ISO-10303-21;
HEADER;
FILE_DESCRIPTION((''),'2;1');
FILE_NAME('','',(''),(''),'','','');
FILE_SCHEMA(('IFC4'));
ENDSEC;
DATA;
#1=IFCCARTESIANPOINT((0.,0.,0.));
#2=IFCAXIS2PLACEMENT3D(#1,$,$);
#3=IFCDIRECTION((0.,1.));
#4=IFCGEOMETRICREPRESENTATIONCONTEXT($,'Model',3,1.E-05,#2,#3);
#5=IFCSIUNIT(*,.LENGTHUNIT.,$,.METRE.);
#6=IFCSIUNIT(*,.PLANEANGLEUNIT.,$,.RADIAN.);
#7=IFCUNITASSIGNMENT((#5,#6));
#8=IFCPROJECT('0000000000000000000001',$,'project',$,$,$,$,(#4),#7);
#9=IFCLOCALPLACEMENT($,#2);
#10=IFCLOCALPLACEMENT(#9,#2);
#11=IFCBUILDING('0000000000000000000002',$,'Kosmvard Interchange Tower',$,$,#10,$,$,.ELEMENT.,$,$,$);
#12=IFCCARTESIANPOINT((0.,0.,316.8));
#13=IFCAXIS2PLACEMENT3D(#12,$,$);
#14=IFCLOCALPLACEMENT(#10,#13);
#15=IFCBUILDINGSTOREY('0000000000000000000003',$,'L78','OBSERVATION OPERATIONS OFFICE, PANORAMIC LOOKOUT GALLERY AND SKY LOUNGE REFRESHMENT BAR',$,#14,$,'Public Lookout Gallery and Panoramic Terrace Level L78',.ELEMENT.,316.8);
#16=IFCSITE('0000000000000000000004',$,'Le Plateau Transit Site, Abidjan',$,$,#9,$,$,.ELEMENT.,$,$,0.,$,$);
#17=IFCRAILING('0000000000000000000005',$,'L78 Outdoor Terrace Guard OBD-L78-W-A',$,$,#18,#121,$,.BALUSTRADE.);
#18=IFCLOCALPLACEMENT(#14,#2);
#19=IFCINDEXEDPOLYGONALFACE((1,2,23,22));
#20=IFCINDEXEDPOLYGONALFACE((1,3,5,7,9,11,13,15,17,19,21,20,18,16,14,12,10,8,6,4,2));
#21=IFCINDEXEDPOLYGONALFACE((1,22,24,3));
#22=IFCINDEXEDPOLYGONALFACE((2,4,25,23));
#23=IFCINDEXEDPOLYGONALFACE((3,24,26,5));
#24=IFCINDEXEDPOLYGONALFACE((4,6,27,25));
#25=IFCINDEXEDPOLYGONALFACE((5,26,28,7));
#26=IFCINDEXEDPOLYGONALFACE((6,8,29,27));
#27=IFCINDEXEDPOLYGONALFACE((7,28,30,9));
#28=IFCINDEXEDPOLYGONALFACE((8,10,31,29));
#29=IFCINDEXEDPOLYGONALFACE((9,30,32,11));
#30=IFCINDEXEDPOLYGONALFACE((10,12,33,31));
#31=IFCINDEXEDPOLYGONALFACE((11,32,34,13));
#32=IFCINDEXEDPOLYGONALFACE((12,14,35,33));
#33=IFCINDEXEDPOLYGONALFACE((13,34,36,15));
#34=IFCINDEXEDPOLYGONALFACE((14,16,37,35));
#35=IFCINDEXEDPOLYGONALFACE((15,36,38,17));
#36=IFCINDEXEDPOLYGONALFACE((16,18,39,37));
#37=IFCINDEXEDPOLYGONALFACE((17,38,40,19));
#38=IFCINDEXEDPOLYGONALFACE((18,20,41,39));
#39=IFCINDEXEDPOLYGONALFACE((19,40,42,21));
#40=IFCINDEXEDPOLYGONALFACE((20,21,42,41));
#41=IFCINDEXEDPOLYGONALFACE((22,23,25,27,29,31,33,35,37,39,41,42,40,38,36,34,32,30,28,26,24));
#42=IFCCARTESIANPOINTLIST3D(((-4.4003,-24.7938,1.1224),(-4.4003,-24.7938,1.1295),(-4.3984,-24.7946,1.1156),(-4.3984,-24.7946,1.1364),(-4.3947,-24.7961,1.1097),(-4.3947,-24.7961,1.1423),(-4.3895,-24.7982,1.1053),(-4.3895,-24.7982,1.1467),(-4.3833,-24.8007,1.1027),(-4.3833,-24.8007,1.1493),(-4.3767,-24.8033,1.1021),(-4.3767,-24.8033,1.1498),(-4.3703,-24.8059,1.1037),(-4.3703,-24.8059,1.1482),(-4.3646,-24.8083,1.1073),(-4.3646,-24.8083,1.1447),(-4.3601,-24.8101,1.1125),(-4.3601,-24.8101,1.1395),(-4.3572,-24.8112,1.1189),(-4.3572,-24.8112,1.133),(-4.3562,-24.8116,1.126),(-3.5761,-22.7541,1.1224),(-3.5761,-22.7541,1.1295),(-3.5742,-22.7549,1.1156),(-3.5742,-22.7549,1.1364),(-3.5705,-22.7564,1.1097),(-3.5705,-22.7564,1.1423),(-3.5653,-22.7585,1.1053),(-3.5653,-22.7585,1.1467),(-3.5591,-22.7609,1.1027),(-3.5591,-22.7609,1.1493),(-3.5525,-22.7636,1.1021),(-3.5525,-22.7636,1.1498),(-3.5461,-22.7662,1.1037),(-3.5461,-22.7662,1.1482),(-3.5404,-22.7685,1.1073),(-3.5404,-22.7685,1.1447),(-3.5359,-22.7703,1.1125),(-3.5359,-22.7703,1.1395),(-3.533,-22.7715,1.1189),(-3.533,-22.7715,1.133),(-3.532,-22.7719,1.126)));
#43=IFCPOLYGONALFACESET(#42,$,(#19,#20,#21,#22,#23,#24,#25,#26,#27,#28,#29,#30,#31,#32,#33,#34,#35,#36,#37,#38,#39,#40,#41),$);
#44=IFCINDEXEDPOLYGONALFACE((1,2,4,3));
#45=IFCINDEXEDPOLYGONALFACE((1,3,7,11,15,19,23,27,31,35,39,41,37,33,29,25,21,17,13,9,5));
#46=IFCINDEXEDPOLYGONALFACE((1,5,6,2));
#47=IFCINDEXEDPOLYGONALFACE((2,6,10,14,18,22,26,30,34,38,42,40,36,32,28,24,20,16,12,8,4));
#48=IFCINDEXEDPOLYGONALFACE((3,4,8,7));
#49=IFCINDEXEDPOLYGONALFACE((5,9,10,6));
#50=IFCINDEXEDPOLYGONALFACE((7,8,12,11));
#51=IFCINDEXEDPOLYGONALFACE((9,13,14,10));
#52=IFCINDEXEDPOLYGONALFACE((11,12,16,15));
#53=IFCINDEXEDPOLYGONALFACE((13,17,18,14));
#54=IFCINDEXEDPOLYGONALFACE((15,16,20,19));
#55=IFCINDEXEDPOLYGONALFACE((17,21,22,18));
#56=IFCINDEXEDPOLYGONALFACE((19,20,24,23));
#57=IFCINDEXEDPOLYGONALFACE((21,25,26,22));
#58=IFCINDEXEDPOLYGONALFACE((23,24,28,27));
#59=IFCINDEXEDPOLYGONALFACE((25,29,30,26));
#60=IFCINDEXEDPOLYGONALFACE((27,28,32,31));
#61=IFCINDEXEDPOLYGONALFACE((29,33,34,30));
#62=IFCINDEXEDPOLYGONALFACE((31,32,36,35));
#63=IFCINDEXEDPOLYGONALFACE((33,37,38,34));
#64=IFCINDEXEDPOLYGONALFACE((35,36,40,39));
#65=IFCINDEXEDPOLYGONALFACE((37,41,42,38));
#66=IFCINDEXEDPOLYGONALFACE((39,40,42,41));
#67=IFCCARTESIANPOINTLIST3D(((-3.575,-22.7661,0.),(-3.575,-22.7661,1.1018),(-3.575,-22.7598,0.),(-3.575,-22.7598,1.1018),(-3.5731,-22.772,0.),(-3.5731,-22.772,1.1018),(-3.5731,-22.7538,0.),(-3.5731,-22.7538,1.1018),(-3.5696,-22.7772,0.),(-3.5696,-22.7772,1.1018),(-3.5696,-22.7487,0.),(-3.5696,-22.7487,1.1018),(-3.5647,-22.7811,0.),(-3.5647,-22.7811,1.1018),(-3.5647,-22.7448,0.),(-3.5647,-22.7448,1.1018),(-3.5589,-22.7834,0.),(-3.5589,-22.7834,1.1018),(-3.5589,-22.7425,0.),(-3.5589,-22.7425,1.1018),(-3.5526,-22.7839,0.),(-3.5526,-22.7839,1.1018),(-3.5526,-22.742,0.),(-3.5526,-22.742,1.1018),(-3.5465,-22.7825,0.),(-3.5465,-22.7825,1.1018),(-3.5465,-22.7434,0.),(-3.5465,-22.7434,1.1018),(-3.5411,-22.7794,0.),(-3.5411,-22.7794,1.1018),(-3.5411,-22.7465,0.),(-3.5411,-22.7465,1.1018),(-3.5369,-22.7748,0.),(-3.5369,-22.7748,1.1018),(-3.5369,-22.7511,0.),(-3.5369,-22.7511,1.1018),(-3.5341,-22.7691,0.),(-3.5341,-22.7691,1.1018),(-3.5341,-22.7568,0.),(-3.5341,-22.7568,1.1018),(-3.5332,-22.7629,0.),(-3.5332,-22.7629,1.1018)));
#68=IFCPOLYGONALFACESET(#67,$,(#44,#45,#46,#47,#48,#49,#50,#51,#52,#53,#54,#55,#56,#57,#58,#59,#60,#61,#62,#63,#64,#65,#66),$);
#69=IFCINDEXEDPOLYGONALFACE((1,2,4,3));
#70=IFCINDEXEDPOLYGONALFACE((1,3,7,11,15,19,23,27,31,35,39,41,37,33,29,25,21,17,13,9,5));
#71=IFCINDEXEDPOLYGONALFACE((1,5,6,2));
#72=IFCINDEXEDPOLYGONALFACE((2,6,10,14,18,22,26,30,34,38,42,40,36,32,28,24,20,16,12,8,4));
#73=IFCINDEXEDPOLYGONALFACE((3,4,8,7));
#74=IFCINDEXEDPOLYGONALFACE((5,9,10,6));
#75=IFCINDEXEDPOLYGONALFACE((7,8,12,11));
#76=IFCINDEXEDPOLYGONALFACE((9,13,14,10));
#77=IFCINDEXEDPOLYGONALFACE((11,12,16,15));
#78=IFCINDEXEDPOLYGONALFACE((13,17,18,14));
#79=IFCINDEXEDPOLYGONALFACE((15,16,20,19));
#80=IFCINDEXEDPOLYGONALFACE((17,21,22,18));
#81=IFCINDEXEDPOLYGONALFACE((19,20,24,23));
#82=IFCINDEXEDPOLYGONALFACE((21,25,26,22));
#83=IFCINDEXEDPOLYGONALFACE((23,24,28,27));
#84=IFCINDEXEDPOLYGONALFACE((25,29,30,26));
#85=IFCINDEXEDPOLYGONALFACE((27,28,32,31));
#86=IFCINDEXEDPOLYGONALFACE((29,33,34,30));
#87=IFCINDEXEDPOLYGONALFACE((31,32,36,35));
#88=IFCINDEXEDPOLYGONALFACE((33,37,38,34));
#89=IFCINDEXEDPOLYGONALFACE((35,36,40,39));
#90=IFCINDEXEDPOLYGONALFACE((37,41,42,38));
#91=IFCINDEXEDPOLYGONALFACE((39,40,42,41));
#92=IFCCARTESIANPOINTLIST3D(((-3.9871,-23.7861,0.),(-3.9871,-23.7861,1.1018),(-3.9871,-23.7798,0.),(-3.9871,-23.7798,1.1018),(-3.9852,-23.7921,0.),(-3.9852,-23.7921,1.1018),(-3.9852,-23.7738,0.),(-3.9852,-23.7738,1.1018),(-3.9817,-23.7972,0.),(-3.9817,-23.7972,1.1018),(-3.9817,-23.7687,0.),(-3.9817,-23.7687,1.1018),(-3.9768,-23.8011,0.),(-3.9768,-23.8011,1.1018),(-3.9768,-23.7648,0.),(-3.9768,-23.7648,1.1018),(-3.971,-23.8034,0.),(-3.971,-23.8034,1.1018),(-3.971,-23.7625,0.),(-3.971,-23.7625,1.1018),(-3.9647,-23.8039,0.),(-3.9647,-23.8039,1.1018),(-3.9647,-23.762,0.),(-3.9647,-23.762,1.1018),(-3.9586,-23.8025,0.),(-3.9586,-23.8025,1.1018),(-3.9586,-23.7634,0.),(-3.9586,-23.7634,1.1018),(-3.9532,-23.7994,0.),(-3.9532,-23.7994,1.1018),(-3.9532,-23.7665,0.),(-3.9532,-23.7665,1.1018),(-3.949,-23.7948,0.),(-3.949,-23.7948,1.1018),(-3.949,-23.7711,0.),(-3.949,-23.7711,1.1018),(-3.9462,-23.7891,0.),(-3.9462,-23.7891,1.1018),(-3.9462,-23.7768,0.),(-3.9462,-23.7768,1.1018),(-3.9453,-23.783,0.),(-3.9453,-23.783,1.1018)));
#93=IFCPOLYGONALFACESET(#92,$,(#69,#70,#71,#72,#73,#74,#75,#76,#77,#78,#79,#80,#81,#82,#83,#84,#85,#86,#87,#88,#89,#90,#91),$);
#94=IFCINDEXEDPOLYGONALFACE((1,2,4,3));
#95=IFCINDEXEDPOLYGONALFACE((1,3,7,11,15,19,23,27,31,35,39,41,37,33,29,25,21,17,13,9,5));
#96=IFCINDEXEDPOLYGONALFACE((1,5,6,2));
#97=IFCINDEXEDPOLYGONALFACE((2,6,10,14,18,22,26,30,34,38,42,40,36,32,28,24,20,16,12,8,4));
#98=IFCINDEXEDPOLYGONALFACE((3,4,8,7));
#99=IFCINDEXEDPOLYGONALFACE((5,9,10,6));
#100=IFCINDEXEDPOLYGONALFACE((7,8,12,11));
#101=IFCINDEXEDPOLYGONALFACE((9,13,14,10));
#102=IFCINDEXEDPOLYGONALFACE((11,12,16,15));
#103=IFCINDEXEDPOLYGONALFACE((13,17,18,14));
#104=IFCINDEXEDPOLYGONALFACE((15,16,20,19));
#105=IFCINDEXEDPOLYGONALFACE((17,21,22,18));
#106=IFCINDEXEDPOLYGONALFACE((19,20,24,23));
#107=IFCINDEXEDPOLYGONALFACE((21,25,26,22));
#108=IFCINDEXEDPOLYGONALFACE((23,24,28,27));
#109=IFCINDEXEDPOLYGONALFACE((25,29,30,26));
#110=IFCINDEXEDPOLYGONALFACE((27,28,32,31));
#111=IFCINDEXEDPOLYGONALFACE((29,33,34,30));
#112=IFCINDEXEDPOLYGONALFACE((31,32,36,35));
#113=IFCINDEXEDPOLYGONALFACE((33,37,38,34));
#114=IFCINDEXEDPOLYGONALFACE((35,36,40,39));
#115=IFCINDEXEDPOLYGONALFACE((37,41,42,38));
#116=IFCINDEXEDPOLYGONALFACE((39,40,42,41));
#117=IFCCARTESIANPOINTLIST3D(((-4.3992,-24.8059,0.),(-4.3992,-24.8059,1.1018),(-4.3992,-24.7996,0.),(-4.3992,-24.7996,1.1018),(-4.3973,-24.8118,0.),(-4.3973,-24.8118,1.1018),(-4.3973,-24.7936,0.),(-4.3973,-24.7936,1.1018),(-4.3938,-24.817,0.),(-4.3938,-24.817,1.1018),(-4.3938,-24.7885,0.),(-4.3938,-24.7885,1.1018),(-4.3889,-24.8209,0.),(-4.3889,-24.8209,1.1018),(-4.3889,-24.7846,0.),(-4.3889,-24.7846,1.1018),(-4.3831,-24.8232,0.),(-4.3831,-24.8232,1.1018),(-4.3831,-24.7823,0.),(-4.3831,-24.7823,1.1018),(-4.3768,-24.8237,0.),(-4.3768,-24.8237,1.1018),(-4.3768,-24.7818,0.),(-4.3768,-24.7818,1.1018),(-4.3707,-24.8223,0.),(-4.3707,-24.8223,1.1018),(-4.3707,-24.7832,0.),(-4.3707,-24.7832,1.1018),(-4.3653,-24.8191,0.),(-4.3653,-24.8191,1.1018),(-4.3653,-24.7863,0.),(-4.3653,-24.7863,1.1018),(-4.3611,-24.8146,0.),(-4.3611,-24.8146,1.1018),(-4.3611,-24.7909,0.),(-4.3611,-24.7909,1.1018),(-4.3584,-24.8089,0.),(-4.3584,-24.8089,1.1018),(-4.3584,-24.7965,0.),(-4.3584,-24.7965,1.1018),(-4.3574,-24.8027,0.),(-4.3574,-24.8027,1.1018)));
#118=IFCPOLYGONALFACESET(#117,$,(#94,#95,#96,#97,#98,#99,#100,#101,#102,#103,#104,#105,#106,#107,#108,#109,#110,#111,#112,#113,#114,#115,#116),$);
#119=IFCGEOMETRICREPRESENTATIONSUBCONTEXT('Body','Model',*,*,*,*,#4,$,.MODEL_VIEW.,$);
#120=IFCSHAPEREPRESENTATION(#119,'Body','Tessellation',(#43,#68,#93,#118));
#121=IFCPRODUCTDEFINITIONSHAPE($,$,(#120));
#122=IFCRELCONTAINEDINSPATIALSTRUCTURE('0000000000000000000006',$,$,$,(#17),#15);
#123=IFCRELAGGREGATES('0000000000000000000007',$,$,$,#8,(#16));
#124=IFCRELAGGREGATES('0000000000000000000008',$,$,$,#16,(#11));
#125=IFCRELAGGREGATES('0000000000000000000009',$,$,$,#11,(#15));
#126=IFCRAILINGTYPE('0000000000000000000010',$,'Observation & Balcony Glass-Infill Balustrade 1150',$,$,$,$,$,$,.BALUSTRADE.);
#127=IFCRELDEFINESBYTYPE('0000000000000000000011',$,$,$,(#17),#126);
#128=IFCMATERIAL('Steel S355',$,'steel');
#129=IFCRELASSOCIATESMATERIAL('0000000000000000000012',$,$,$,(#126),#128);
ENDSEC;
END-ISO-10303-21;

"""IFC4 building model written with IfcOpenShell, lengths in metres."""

from ifc_helpers import new_model, si_unit, direction, frame, origin, origin_2d, place, context, subcontext, project, spatial, circle, extrude, source, transform, mapped, material, type_object, element, save


model = new_model("IFC4")

# Units and contexts
model_context = context("Model", 3, precision=1e-05, world=origin(), true_north=direction((0.0, 1.0)))
body_context = subcontext(model_context, "Body", "Model", "MODEL_VIEW")
ifc_project = project(units=[si_unit("LENGTHUNIT", "METRE"), si_unit("PLANEANGLEUNIT", "RADIAN")], contexts=[model_context])

# Site, building, storey
site_placement = place(None, origin())
site = spatial("IfcSite", under=ifc_project, at=site_placement, Name="Le Plateau Transit Site, Abidjan", CompositionType="ELEMENT", RefElevation=0.0)
building_placement = place(site_placement, origin())
building = spatial("IfcBuilding", under=site, at=building_placement, Name="Kosmvard Interchange Tower", CompositionType="ELEMENT")
storey_placement = place(building_placement, frame((0.0, 0.0, 316.8)))
storey = spatial("IfcBuildingStorey", under=building, at=storey_placement, Name="L78", Description="OBSERVATION OPERATIONS OFFICE, PANORAMIC LOOKOUT GALLERY AND SKY LOUNGE REFRESHMENT BAR", LongName="Public Lookout Gallery and Panoramic Terrace Level L78", CompositionType="ELEMENT", Elevation=316.8)

# Shared definitions
ifc_material_1 = material(Name="Steel S355", Category="steel")

# Railing
railing_type = type_object("IfcRailingType", Name="Observation & Balcony Glass-Infill Balustrade 1150", PredefinedType="BALUSTRADE", material=ifc_material_1)
shared_shape_1 = source(origin(), body_context, "Body", "SweptSolid", [
    extrude(circle(Radius=0.0239, at=origin_2d()), frame((0.0, 0.0, 1.126), z_axis=(-0.374641, -0.92717, 0.0), x_axis=(0.92717, -0.374641, 0.0)), (0.0, 0.0, 1.0), 2.2),
    extrude(circle(Radius=0.021, at=origin_2d()), origin(), (0.0, 0.0, 1.0), 1.1018),
    extrude(circle(Radius=0.021, at=origin_2d()), frame((-0.4121, -1.02, 0.0)), (0.0, 0.0, 1.0), 1.1018),
    extrude(circle(Radius=0.021, at=origin_2d()), frame((-0.8242, -2.0398, 0.0)), (0.0, 0.0, 1.0), 1.1018),
])
railing_1_placement = place(storey_placement, frame((-3.5542, -22.7629, 0.0)))
element("IfcRailing", 1, at=railing_1_placement, inside=storey, type_object=railing_type, Name="L78 Outdoor Terrace Guard OBD-L78-W-A", PredefinedType="BALUSTRADE", context=body_context, shape_type="MappedRepresentation", body=[
    mapped(shared_shape_1, transform((0.0, 0.0, 0.0), scale=1.0)),
])

save(model, "model.ifc")
